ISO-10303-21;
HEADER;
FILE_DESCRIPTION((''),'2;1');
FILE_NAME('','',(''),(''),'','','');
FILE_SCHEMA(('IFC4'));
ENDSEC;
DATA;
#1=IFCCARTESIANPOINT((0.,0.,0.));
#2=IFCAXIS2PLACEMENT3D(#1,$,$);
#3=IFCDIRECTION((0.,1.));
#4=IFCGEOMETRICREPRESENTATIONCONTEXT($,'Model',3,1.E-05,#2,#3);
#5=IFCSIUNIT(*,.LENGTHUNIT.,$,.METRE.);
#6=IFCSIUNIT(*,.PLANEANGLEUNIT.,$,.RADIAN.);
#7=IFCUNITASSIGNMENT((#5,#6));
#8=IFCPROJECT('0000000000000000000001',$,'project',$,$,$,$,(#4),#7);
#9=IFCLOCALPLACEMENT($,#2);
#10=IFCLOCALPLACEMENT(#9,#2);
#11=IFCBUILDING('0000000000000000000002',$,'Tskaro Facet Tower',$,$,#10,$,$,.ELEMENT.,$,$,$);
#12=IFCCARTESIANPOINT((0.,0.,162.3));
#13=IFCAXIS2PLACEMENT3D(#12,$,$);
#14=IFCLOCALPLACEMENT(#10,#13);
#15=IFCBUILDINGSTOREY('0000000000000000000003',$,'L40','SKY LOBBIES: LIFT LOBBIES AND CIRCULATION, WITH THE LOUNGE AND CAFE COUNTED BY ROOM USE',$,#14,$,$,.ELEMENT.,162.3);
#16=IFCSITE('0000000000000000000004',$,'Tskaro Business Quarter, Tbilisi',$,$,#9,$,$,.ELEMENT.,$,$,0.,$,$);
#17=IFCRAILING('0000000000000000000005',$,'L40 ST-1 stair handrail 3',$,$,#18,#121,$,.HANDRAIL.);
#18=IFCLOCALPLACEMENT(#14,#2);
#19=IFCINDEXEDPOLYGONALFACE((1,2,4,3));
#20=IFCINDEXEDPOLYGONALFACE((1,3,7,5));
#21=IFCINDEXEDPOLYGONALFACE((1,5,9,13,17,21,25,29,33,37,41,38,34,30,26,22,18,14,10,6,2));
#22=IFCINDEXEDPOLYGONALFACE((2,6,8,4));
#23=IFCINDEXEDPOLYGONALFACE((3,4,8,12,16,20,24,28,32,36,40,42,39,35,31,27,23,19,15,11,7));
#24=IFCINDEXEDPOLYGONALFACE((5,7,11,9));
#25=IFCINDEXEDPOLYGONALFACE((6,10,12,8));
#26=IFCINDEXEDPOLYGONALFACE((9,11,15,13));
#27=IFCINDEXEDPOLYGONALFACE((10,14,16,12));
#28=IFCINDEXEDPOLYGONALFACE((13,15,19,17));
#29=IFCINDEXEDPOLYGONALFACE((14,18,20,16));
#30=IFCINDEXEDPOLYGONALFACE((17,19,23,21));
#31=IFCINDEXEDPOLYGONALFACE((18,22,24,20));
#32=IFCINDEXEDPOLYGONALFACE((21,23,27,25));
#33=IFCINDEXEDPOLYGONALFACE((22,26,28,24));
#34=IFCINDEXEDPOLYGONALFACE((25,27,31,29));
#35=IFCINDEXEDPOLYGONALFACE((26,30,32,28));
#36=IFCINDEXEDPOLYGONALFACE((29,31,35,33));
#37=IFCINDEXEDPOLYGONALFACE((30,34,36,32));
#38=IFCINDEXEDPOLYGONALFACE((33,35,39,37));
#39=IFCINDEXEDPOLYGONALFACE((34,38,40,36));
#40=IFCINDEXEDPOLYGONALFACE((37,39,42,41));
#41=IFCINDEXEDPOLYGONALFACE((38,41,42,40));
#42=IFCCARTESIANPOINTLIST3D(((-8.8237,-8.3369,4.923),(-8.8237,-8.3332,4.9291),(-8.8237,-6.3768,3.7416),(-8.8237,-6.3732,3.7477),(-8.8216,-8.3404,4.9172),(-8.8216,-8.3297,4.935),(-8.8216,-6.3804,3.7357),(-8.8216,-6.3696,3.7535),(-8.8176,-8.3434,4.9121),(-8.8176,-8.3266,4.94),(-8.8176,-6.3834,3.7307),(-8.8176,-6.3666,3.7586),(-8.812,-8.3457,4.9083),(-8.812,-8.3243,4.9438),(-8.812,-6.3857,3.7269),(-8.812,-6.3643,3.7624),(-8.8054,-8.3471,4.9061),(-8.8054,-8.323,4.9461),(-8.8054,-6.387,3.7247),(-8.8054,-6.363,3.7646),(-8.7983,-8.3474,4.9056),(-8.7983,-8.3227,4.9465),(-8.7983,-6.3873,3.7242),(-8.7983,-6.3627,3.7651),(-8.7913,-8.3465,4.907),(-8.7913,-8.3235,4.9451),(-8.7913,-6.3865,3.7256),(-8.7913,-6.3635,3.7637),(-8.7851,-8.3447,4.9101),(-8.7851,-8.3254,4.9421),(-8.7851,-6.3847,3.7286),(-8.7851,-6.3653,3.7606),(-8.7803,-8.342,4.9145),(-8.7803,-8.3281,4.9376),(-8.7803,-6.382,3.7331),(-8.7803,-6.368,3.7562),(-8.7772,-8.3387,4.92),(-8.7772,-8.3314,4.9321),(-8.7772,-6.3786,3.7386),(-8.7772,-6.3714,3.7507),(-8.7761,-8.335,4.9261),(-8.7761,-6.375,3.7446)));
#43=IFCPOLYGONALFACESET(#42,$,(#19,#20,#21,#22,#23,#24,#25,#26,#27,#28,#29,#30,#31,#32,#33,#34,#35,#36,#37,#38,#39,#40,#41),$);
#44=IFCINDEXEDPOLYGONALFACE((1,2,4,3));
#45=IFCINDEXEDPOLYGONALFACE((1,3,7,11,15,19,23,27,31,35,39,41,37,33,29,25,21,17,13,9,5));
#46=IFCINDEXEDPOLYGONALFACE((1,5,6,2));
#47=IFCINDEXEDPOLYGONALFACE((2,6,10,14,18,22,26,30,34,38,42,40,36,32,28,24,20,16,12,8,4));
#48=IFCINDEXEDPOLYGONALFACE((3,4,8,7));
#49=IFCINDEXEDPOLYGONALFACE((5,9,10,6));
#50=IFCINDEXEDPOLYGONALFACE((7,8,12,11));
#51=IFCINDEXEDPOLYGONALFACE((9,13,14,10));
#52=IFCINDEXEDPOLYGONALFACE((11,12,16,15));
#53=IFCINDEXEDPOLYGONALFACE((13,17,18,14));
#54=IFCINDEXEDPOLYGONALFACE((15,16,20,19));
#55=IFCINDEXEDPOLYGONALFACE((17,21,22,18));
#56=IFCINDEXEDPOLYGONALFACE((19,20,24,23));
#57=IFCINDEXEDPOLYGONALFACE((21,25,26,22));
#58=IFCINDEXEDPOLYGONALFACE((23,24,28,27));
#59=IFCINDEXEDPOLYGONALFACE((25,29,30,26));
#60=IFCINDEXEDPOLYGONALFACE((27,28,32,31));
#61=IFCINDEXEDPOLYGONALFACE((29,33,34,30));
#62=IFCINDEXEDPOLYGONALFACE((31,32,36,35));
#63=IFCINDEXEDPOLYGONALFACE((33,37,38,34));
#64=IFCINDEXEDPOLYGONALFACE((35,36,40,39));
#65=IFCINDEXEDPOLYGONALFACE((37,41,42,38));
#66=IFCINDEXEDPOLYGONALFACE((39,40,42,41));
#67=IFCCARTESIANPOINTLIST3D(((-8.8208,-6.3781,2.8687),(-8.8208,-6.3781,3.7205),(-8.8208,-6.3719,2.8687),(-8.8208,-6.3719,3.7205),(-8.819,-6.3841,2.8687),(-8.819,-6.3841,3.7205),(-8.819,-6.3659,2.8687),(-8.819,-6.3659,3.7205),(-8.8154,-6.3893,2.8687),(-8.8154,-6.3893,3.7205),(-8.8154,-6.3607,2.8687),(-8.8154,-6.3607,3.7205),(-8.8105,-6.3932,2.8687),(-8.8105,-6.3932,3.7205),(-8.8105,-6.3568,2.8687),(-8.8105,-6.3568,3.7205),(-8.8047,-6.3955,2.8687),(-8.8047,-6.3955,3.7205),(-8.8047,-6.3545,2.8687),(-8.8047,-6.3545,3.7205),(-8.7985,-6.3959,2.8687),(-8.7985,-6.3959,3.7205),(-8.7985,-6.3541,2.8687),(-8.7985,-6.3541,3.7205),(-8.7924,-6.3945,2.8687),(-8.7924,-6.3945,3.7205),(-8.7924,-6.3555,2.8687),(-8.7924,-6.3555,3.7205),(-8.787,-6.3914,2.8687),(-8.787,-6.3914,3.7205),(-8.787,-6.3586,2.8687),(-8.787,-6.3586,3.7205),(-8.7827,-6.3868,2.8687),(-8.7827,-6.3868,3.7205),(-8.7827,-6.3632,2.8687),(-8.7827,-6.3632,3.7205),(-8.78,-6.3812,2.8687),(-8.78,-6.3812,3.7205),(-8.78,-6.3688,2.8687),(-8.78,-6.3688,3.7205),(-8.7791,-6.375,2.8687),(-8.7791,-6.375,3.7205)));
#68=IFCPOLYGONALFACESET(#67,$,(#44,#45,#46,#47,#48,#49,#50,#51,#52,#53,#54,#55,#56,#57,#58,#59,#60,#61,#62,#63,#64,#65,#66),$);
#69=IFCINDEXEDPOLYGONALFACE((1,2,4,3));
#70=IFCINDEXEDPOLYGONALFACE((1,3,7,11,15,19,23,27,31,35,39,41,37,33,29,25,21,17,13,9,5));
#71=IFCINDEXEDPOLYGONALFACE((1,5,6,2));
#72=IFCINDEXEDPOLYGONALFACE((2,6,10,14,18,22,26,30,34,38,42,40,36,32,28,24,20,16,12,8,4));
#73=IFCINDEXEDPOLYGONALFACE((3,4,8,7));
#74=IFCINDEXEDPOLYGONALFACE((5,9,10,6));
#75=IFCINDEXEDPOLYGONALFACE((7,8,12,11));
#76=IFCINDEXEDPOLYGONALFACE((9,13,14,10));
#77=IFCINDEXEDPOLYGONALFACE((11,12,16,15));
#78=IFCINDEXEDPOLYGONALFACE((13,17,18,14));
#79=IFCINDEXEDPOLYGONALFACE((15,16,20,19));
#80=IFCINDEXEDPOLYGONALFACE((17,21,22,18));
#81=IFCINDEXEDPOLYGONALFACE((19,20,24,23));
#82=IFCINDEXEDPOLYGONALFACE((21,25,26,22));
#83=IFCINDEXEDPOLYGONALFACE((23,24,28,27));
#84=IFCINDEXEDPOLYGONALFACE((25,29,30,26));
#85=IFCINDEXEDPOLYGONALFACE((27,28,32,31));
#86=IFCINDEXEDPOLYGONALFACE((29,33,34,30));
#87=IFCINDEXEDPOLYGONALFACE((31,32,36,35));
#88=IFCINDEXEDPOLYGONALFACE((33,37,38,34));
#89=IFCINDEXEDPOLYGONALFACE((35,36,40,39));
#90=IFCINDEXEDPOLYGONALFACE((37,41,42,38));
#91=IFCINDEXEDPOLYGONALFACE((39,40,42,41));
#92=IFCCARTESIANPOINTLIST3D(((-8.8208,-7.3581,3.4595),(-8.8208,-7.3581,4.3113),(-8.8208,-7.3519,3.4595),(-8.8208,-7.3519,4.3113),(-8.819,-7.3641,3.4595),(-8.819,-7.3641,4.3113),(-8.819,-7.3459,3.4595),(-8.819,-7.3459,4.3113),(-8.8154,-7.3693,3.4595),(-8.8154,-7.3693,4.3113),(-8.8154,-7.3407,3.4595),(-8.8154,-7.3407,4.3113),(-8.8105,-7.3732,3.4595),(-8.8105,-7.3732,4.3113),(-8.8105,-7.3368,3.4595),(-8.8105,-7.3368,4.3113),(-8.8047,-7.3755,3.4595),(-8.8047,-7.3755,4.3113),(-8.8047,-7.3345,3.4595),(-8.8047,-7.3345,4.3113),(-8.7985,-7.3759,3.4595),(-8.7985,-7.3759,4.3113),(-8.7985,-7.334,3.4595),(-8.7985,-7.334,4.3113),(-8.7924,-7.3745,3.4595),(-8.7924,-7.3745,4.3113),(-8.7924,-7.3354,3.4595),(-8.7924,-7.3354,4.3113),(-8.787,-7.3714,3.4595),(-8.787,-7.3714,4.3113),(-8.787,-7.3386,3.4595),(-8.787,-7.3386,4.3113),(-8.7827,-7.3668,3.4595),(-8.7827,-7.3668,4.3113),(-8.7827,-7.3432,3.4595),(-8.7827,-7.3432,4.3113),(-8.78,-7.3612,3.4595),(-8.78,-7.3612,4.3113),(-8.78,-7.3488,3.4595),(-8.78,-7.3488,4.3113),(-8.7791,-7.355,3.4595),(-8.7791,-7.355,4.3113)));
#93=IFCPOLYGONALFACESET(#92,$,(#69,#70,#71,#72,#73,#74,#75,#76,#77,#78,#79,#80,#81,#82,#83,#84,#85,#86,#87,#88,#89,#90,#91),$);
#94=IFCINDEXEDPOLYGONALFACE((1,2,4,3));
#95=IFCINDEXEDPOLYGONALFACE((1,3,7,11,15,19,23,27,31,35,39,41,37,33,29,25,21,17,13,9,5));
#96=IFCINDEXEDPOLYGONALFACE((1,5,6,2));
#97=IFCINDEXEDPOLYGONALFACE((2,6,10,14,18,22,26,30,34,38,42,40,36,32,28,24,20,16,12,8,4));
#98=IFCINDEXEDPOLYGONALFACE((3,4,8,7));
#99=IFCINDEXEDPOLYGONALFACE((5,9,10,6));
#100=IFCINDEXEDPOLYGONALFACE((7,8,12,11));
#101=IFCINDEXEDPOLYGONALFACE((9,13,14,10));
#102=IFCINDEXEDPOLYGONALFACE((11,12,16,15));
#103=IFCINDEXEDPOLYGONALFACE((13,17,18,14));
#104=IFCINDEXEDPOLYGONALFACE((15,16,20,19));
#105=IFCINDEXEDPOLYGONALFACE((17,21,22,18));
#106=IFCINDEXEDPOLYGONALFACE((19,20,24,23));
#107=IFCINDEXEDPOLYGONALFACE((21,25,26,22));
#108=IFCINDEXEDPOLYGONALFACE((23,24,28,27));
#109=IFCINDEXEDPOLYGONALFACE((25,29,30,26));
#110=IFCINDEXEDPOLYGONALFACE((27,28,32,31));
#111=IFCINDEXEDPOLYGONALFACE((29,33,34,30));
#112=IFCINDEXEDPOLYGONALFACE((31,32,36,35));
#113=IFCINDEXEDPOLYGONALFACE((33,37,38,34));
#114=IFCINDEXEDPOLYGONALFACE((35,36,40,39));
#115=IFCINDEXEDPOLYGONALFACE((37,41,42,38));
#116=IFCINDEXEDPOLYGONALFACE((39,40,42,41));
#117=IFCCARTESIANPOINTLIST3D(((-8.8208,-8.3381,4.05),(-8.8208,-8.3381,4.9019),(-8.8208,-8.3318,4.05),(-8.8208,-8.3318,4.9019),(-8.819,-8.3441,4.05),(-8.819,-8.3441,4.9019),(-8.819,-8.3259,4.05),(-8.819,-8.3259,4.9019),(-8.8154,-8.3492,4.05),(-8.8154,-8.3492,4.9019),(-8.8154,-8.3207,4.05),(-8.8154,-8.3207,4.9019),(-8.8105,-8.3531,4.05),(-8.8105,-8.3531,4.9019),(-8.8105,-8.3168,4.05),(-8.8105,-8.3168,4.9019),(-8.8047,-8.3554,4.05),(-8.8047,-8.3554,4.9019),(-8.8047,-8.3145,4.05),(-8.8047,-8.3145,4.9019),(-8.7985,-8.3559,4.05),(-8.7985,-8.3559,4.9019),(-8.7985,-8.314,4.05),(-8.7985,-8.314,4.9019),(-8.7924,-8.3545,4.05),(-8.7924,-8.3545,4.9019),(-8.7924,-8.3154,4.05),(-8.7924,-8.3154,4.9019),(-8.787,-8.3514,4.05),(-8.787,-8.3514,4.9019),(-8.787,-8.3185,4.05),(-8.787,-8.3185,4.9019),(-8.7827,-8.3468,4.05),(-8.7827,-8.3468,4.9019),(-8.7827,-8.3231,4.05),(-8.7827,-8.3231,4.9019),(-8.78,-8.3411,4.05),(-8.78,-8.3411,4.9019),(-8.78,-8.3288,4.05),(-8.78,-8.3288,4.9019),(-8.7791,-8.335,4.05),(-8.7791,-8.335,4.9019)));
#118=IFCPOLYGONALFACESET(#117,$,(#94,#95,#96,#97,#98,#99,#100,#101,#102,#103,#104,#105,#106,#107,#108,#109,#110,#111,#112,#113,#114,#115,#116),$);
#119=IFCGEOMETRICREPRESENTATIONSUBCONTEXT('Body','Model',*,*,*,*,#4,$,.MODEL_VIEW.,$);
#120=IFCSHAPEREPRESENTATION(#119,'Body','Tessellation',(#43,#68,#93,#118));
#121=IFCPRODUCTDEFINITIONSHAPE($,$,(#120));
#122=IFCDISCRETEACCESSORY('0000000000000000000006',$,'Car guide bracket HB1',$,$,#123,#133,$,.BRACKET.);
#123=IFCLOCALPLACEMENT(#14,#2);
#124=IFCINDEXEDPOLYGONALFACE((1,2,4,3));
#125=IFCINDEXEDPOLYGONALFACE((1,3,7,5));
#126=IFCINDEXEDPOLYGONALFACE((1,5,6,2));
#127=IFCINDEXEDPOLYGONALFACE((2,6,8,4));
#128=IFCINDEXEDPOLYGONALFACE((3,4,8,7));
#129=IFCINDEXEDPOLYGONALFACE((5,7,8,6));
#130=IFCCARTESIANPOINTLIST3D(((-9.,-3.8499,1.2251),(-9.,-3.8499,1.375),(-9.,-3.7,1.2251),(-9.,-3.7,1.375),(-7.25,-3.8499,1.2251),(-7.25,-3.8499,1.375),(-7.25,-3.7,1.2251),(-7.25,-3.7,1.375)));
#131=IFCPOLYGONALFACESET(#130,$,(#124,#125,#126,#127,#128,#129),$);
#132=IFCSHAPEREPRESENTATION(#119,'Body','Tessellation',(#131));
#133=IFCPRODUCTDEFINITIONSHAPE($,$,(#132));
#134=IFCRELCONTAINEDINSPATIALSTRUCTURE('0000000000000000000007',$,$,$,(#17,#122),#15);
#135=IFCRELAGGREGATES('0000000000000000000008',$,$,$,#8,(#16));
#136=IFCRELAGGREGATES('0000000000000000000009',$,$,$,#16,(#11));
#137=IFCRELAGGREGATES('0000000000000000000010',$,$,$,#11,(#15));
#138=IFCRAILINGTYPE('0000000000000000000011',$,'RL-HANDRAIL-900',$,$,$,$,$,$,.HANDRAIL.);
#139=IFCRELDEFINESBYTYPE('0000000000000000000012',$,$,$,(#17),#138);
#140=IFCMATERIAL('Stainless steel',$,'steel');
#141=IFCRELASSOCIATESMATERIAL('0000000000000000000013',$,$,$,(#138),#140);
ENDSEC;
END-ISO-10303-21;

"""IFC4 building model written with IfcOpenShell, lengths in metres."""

from ifc_helpers import new_model, si_unit, direction, frame, origin, origin_2d, place, context, subcontext, project, spatial, rectangle, circle, extrude, material, type_object, element, save


model = new_model("IFC4")

# Units and contexts
model_context = context("Model", 3, precision=1e-05, world=origin(), true_north=direction((0.0, 1.0)))
body_context = subcontext(model_context, "Body", "Model", "MODEL_VIEW")
ifc_project = project(units=[si_unit("LENGTHUNIT", "METRE"), si_unit("PLANEANGLEUNIT", "RADIAN")], contexts=[model_context])

# Site, building, storey
site_placement = place(None, origin())
site = spatial("IfcSite", under=ifc_project, at=site_placement, Name="Tskaro Business Quarter, Tbilisi", CompositionType="ELEMENT", RefElevation=0.0)
building_placement = place(site_placement, origin())
building = spatial("IfcBuilding", under=site, at=building_placement, Name="Tskaro Facet Tower", CompositionType="ELEMENT")
storey_placement = place(building_placement, frame((0.0, 0.0, 162.3)))
storey = spatial("IfcBuildingStorey", under=building, at=storey_placement, Name="L40", Description="SKY LOBBIES: LIFT LOBBIES AND CIRCULATION, WITH THE LOUNGE AND CAFE COUNTED BY ROOM USE", CompositionType="ELEMENT", Elevation=162.3)

# Shared definitions
ifc_material_1 = material(Name="Stainless steel", Category="steel")

# Railing
railing_type = type_object("IfcRailingType", Name="RL-HANDRAIL-900", PredefinedType="HANDRAIL", material=ifc_material_1)
railing_1_placement = place(storey_placement, frame((-8.8, -6.375, 2.8687)))
element("IfcRailing", 1, at=railing_1_placement, inside=storey, type_object=railing_type, Name="L40 ST-1 stair handrail 3", PredefinedType="HANDRAIL", context=body_context, shape_type="SweptSolid", body=[
    extrude(circle(Radius=0.0239, at=origin_2d()), frame((0.0, 0.0, 0.876), z_axis=(0.0, -0.856446, 0.516236), x_axis=(1.0, 0.0, 0.0)), (0.0, 0.0, 1.0), 2.2886),
    extrude(circle(Radius=0.021, at=origin_2d()), origin(), (0.0, 0.0, 1.0), 0.8518),
    extrude(circle(Radius=0.021, at=origin_2d()), frame((0.0, -0.98, 0.5908)), (0.0, 0.0, 1.0), 0.8518),
    extrude(circle(Radius=0.021, at=origin_2d()), frame((0.0, -1.96, 1.1814)), (0.0, 0.0, 1.0), 0.8518),
])

# Discrete accessory
discrete_accessory_placement = place(storey_placement, frame((-8.125, -3.7749, 1.2251), z_axis=(0.0, 0.0, 1.0), x_axis=(1.0, 0.0, 0.0)))
element("IfcDiscreteAccessory", 2, at=discrete_accessory_placement, inside=storey, Name="Car guide bracket HB1", PredefinedType="BRACKET", context=body_context, shape_type="SweptSolid", body=[
    extrude(rectangle(XDim=1.75, YDim=0.1499, at=origin_2d()), origin(), (0.0, 0.0, 1.0), 0.1499),
])

save(model, "model.ifc")
